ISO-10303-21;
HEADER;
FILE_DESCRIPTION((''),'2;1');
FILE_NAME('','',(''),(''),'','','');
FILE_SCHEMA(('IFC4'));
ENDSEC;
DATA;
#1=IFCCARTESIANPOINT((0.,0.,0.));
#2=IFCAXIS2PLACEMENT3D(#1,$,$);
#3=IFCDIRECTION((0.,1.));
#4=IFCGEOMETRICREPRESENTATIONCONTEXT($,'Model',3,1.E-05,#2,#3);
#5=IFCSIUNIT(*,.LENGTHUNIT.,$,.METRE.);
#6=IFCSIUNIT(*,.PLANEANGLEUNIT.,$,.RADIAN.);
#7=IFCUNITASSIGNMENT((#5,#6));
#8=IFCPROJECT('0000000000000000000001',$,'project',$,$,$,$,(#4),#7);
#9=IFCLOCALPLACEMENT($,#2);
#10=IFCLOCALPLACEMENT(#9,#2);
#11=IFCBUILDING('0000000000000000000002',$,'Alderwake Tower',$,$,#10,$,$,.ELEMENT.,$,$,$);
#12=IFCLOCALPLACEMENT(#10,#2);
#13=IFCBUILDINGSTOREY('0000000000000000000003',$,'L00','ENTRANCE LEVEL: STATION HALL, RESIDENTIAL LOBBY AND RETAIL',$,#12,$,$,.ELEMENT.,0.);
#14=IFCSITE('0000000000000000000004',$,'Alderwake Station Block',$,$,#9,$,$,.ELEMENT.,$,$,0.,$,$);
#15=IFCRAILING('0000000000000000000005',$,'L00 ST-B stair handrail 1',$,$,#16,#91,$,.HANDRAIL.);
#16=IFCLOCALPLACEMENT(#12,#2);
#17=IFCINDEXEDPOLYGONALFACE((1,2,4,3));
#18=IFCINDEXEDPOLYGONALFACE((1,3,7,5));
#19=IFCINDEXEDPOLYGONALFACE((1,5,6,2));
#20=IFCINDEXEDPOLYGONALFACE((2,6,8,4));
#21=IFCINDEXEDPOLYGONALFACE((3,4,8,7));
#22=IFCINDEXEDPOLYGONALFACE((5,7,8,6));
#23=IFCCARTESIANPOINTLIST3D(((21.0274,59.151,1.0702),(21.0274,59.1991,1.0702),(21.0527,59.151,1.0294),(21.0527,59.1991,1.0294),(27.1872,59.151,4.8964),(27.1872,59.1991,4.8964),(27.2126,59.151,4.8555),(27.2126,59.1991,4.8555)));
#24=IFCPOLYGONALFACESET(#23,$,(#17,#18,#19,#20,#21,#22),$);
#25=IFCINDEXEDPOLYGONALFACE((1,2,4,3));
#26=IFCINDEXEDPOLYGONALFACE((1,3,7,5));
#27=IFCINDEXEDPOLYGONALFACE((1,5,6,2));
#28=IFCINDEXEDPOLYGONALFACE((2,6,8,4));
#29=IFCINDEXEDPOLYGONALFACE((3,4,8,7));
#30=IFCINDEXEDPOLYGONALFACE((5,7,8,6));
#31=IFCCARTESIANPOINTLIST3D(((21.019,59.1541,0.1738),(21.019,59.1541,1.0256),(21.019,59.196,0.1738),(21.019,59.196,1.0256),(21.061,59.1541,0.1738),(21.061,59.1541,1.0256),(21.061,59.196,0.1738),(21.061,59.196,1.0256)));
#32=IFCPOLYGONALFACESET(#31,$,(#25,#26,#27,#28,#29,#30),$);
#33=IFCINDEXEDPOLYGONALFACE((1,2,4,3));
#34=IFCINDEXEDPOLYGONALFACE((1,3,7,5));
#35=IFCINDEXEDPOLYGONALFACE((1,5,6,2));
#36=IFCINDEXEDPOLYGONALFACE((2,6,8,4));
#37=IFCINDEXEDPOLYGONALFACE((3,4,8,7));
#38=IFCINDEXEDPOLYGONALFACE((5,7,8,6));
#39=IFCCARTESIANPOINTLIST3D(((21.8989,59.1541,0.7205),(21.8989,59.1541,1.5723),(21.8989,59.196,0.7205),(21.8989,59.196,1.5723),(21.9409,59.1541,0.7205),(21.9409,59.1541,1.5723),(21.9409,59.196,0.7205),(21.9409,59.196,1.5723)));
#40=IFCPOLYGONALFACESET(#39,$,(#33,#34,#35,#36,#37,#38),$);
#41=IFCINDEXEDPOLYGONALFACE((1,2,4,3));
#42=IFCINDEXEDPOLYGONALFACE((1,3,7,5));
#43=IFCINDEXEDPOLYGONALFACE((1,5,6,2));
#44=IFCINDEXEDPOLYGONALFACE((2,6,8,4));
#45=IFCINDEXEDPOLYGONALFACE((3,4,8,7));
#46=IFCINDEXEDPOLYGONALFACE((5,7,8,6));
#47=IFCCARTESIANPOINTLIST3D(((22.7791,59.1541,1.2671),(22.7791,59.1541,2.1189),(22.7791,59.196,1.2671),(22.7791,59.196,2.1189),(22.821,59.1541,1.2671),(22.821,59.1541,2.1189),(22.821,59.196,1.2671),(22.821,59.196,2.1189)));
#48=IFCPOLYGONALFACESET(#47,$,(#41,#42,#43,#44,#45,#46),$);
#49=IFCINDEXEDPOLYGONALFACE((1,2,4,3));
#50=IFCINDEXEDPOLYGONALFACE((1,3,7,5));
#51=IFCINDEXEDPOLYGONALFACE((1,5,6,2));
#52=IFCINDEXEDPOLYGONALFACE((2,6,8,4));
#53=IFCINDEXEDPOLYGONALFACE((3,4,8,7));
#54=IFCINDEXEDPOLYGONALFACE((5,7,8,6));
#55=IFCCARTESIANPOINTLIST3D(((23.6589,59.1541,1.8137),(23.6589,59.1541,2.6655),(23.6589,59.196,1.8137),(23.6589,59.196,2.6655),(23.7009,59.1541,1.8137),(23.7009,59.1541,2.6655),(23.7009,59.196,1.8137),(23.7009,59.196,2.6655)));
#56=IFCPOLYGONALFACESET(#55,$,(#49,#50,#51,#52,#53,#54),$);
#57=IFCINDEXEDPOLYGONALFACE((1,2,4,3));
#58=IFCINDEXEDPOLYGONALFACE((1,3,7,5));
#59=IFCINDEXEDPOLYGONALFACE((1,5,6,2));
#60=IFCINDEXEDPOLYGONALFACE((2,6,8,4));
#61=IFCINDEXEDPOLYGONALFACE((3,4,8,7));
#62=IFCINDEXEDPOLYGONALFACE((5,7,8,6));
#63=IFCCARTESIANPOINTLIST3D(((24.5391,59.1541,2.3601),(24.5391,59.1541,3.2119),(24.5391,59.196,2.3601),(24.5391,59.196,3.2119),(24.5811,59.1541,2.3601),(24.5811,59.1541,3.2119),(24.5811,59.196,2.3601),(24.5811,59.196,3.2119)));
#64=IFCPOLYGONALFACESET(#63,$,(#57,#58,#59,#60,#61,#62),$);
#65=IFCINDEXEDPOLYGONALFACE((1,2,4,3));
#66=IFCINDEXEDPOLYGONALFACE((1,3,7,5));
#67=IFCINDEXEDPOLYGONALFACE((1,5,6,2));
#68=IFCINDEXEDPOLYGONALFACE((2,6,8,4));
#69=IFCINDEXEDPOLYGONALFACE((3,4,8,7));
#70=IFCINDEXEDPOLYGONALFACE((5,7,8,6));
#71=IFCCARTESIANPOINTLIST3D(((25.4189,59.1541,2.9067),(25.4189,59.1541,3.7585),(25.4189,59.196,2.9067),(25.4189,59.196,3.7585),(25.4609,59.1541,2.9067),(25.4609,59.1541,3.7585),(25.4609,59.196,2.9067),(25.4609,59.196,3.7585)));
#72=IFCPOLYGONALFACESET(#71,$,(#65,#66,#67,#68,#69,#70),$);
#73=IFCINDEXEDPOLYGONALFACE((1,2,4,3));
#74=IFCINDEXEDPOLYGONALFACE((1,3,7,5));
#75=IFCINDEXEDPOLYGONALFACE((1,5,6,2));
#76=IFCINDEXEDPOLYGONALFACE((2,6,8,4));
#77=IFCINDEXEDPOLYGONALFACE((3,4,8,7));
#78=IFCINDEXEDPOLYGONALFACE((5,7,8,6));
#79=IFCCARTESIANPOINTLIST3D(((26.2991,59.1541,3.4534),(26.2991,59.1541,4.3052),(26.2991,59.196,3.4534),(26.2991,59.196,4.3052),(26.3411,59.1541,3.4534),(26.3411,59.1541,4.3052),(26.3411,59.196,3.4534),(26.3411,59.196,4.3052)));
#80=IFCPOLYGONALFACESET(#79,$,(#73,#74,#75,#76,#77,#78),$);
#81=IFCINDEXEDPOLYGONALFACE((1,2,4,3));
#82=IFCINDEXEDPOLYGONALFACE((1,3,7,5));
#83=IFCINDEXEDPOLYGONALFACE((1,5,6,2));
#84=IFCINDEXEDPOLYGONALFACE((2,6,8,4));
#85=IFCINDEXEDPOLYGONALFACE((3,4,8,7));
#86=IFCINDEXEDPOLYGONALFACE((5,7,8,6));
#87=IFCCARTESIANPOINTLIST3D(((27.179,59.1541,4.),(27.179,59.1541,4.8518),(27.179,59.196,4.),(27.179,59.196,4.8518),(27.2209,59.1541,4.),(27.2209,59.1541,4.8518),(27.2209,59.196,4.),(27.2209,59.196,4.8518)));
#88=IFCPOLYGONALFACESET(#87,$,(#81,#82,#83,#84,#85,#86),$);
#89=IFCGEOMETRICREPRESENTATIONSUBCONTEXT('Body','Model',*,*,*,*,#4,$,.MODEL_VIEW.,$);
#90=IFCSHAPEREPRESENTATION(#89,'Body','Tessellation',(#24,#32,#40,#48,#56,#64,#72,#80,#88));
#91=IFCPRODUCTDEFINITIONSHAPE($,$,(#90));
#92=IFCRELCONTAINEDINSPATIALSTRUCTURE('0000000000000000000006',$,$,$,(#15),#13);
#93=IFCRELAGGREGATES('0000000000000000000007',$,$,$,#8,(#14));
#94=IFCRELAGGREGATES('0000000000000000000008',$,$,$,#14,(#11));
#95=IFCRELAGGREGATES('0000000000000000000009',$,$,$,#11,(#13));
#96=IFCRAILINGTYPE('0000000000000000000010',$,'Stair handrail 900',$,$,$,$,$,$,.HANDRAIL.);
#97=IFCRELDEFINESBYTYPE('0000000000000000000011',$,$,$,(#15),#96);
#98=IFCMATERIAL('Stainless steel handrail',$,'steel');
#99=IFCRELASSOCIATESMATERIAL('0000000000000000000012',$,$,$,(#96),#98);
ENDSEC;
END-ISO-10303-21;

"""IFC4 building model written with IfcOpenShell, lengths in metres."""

from ifc_helpers import new_model, si_unit, direction, frame, origin, origin_with_axes, origin_2d, place, context, subcontext, project, spatial, rectangle, extrude, material, type_object, element, save


model = new_model("IFC4")

# Units and contexts
model_context = context("Model", 3, precision=1e-05, world=origin(), true_north=direction((0.0, 1.0)))
body_context = subcontext(model_context, "Body", "Model", "MODEL_VIEW")
ifc_project = project(units=[si_unit("LENGTHUNIT", "METRE"), si_unit("PLANEANGLEUNIT", "RADIAN")], contexts=[model_context])

# Site, building, storey
site_placement = place(None, origin())
site = spatial("IfcSite", under=ifc_project, at=site_placement, Name="Alderwake Station Block", CompositionType="ELEMENT", RefElevation=0.0)
building_placement = place(site_placement, origin())
building = spatial("IfcBuilding", under=site, at=building_placement, Name="Alderwake Tower", CompositionType="ELEMENT")
storey_placement = place(building_placement, origin())
storey = spatial("IfcBuildingStorey", under=building, at=storey_placement, Name="L00", Description="ENTRANCE LEVEL: STATION HALL, RESIDENTIAL LOBBY AND RETAIL", CompositionType="ELEMENT", Elevation=0.0)

# Railing
ifc_material_1 = material(Name="Stainless steel handrail", Category="steel")
railing_type_1 = type_object("IfcRailingType", Name="Stair handrail 900", PredefinedType="HANDRAIL", material=ifc_material_1)
railing_1_placement = place(storey_placement, frame((21.04, 59.175, 0.1738)))
element("IfcRailing", 1, at=railing_1_placement, inside=storey, type_object=railing_type_1, Name="L00 ST-B stair handrail 1", PredefinedType="HANDRAIL", context=body_context, shape_type="SweptSolid", body=[
    extrude(rectangle(XDim=0.0481, YDim=0.0481, at=origin_2d()), frame((0.0, 0.0, 0.876), z_axis=(0.849468, 0.0, 0.527639), x_axis=(0.0, 1.0, 0.0)), (0.0, 0.0, 1.0), 7.2515),
    extrude(rectangle(XDim=0.042, YDim=0.042, at=origin_2d()), origin_with_axes(), (0.0, 0.0, 1.0), 0.8518),
    extrude(rectangle(XDim=0.042, YDim=0.042, at=origin_2d()), frame((0.8799, 0.0, 0.5466), z_axis=(0.0, 0.0, 1.0), x_axis=(1.0, 0.0, 0.0)), (0.0, 0.0, 1.0), 0.8518),
    extrude(rectangle(XDim=0.042, YDim=0.042, at=origin_2d()), frame((1.76, 0.0, 1.0933), z_axis=(0.0, 0.0, 1.0), x_axis=(1.0, 0.0, 0.0)), (0.0, 0.0, 1.0), 0.8518),
    extrude(rectangle(XDim=0.042, YDim=0.042, at=origin_2d()), frame((2.6399, 0.0, 1.6399), z_axis=(0.0, 0.0, 1.0), x_axis=(1.0, 0.0, 0.0)), (0.0, 0.0, 1.0), 0.8518),
    extrude(rectangle(XDim=0.042, YDim=0.042, at=origin_2d()), frame((3.52, 0.0, 2.1863), z_axis=(0.0, 0.0, 1.0), x_axis=(1.0, 0.0, 0.0)), (0.0, 0.0, 1.0), 0.8518),
    extrude(rectangle(XDim=0.042, YDim=0.042, at=origin_2d()), frame((4.3999, 0.0, 2.7329), z_axis=(0.0, 0.0, 1.0), x_axis=(1.0, 0.0, 0.0)), (0.0, 0.0, 1.0), 0.8518),
    extrude(rectangle(XDim=0.042, YDim=0.042, at=origin_2d()), frame((5.28, 0.0, 3.2795), z_axis=(0.0, 0.0, 1.0), x_axis=(1.0, 0.0, 0.0)), (0.0, 0.0, 1.0), 0.8518),
    extrude(rectangle(XDim=0.042, YDim=0.042, at=origin_2d()), frame((6.1599, 0.0, 3.8262), z_axis=(0.0, 0.0, 1.0), x_axis=(1.0, 0.0, 0.0)), (0.0, 0.0, 1.0), 0.8518),
])

save(model, "model.ifc")
